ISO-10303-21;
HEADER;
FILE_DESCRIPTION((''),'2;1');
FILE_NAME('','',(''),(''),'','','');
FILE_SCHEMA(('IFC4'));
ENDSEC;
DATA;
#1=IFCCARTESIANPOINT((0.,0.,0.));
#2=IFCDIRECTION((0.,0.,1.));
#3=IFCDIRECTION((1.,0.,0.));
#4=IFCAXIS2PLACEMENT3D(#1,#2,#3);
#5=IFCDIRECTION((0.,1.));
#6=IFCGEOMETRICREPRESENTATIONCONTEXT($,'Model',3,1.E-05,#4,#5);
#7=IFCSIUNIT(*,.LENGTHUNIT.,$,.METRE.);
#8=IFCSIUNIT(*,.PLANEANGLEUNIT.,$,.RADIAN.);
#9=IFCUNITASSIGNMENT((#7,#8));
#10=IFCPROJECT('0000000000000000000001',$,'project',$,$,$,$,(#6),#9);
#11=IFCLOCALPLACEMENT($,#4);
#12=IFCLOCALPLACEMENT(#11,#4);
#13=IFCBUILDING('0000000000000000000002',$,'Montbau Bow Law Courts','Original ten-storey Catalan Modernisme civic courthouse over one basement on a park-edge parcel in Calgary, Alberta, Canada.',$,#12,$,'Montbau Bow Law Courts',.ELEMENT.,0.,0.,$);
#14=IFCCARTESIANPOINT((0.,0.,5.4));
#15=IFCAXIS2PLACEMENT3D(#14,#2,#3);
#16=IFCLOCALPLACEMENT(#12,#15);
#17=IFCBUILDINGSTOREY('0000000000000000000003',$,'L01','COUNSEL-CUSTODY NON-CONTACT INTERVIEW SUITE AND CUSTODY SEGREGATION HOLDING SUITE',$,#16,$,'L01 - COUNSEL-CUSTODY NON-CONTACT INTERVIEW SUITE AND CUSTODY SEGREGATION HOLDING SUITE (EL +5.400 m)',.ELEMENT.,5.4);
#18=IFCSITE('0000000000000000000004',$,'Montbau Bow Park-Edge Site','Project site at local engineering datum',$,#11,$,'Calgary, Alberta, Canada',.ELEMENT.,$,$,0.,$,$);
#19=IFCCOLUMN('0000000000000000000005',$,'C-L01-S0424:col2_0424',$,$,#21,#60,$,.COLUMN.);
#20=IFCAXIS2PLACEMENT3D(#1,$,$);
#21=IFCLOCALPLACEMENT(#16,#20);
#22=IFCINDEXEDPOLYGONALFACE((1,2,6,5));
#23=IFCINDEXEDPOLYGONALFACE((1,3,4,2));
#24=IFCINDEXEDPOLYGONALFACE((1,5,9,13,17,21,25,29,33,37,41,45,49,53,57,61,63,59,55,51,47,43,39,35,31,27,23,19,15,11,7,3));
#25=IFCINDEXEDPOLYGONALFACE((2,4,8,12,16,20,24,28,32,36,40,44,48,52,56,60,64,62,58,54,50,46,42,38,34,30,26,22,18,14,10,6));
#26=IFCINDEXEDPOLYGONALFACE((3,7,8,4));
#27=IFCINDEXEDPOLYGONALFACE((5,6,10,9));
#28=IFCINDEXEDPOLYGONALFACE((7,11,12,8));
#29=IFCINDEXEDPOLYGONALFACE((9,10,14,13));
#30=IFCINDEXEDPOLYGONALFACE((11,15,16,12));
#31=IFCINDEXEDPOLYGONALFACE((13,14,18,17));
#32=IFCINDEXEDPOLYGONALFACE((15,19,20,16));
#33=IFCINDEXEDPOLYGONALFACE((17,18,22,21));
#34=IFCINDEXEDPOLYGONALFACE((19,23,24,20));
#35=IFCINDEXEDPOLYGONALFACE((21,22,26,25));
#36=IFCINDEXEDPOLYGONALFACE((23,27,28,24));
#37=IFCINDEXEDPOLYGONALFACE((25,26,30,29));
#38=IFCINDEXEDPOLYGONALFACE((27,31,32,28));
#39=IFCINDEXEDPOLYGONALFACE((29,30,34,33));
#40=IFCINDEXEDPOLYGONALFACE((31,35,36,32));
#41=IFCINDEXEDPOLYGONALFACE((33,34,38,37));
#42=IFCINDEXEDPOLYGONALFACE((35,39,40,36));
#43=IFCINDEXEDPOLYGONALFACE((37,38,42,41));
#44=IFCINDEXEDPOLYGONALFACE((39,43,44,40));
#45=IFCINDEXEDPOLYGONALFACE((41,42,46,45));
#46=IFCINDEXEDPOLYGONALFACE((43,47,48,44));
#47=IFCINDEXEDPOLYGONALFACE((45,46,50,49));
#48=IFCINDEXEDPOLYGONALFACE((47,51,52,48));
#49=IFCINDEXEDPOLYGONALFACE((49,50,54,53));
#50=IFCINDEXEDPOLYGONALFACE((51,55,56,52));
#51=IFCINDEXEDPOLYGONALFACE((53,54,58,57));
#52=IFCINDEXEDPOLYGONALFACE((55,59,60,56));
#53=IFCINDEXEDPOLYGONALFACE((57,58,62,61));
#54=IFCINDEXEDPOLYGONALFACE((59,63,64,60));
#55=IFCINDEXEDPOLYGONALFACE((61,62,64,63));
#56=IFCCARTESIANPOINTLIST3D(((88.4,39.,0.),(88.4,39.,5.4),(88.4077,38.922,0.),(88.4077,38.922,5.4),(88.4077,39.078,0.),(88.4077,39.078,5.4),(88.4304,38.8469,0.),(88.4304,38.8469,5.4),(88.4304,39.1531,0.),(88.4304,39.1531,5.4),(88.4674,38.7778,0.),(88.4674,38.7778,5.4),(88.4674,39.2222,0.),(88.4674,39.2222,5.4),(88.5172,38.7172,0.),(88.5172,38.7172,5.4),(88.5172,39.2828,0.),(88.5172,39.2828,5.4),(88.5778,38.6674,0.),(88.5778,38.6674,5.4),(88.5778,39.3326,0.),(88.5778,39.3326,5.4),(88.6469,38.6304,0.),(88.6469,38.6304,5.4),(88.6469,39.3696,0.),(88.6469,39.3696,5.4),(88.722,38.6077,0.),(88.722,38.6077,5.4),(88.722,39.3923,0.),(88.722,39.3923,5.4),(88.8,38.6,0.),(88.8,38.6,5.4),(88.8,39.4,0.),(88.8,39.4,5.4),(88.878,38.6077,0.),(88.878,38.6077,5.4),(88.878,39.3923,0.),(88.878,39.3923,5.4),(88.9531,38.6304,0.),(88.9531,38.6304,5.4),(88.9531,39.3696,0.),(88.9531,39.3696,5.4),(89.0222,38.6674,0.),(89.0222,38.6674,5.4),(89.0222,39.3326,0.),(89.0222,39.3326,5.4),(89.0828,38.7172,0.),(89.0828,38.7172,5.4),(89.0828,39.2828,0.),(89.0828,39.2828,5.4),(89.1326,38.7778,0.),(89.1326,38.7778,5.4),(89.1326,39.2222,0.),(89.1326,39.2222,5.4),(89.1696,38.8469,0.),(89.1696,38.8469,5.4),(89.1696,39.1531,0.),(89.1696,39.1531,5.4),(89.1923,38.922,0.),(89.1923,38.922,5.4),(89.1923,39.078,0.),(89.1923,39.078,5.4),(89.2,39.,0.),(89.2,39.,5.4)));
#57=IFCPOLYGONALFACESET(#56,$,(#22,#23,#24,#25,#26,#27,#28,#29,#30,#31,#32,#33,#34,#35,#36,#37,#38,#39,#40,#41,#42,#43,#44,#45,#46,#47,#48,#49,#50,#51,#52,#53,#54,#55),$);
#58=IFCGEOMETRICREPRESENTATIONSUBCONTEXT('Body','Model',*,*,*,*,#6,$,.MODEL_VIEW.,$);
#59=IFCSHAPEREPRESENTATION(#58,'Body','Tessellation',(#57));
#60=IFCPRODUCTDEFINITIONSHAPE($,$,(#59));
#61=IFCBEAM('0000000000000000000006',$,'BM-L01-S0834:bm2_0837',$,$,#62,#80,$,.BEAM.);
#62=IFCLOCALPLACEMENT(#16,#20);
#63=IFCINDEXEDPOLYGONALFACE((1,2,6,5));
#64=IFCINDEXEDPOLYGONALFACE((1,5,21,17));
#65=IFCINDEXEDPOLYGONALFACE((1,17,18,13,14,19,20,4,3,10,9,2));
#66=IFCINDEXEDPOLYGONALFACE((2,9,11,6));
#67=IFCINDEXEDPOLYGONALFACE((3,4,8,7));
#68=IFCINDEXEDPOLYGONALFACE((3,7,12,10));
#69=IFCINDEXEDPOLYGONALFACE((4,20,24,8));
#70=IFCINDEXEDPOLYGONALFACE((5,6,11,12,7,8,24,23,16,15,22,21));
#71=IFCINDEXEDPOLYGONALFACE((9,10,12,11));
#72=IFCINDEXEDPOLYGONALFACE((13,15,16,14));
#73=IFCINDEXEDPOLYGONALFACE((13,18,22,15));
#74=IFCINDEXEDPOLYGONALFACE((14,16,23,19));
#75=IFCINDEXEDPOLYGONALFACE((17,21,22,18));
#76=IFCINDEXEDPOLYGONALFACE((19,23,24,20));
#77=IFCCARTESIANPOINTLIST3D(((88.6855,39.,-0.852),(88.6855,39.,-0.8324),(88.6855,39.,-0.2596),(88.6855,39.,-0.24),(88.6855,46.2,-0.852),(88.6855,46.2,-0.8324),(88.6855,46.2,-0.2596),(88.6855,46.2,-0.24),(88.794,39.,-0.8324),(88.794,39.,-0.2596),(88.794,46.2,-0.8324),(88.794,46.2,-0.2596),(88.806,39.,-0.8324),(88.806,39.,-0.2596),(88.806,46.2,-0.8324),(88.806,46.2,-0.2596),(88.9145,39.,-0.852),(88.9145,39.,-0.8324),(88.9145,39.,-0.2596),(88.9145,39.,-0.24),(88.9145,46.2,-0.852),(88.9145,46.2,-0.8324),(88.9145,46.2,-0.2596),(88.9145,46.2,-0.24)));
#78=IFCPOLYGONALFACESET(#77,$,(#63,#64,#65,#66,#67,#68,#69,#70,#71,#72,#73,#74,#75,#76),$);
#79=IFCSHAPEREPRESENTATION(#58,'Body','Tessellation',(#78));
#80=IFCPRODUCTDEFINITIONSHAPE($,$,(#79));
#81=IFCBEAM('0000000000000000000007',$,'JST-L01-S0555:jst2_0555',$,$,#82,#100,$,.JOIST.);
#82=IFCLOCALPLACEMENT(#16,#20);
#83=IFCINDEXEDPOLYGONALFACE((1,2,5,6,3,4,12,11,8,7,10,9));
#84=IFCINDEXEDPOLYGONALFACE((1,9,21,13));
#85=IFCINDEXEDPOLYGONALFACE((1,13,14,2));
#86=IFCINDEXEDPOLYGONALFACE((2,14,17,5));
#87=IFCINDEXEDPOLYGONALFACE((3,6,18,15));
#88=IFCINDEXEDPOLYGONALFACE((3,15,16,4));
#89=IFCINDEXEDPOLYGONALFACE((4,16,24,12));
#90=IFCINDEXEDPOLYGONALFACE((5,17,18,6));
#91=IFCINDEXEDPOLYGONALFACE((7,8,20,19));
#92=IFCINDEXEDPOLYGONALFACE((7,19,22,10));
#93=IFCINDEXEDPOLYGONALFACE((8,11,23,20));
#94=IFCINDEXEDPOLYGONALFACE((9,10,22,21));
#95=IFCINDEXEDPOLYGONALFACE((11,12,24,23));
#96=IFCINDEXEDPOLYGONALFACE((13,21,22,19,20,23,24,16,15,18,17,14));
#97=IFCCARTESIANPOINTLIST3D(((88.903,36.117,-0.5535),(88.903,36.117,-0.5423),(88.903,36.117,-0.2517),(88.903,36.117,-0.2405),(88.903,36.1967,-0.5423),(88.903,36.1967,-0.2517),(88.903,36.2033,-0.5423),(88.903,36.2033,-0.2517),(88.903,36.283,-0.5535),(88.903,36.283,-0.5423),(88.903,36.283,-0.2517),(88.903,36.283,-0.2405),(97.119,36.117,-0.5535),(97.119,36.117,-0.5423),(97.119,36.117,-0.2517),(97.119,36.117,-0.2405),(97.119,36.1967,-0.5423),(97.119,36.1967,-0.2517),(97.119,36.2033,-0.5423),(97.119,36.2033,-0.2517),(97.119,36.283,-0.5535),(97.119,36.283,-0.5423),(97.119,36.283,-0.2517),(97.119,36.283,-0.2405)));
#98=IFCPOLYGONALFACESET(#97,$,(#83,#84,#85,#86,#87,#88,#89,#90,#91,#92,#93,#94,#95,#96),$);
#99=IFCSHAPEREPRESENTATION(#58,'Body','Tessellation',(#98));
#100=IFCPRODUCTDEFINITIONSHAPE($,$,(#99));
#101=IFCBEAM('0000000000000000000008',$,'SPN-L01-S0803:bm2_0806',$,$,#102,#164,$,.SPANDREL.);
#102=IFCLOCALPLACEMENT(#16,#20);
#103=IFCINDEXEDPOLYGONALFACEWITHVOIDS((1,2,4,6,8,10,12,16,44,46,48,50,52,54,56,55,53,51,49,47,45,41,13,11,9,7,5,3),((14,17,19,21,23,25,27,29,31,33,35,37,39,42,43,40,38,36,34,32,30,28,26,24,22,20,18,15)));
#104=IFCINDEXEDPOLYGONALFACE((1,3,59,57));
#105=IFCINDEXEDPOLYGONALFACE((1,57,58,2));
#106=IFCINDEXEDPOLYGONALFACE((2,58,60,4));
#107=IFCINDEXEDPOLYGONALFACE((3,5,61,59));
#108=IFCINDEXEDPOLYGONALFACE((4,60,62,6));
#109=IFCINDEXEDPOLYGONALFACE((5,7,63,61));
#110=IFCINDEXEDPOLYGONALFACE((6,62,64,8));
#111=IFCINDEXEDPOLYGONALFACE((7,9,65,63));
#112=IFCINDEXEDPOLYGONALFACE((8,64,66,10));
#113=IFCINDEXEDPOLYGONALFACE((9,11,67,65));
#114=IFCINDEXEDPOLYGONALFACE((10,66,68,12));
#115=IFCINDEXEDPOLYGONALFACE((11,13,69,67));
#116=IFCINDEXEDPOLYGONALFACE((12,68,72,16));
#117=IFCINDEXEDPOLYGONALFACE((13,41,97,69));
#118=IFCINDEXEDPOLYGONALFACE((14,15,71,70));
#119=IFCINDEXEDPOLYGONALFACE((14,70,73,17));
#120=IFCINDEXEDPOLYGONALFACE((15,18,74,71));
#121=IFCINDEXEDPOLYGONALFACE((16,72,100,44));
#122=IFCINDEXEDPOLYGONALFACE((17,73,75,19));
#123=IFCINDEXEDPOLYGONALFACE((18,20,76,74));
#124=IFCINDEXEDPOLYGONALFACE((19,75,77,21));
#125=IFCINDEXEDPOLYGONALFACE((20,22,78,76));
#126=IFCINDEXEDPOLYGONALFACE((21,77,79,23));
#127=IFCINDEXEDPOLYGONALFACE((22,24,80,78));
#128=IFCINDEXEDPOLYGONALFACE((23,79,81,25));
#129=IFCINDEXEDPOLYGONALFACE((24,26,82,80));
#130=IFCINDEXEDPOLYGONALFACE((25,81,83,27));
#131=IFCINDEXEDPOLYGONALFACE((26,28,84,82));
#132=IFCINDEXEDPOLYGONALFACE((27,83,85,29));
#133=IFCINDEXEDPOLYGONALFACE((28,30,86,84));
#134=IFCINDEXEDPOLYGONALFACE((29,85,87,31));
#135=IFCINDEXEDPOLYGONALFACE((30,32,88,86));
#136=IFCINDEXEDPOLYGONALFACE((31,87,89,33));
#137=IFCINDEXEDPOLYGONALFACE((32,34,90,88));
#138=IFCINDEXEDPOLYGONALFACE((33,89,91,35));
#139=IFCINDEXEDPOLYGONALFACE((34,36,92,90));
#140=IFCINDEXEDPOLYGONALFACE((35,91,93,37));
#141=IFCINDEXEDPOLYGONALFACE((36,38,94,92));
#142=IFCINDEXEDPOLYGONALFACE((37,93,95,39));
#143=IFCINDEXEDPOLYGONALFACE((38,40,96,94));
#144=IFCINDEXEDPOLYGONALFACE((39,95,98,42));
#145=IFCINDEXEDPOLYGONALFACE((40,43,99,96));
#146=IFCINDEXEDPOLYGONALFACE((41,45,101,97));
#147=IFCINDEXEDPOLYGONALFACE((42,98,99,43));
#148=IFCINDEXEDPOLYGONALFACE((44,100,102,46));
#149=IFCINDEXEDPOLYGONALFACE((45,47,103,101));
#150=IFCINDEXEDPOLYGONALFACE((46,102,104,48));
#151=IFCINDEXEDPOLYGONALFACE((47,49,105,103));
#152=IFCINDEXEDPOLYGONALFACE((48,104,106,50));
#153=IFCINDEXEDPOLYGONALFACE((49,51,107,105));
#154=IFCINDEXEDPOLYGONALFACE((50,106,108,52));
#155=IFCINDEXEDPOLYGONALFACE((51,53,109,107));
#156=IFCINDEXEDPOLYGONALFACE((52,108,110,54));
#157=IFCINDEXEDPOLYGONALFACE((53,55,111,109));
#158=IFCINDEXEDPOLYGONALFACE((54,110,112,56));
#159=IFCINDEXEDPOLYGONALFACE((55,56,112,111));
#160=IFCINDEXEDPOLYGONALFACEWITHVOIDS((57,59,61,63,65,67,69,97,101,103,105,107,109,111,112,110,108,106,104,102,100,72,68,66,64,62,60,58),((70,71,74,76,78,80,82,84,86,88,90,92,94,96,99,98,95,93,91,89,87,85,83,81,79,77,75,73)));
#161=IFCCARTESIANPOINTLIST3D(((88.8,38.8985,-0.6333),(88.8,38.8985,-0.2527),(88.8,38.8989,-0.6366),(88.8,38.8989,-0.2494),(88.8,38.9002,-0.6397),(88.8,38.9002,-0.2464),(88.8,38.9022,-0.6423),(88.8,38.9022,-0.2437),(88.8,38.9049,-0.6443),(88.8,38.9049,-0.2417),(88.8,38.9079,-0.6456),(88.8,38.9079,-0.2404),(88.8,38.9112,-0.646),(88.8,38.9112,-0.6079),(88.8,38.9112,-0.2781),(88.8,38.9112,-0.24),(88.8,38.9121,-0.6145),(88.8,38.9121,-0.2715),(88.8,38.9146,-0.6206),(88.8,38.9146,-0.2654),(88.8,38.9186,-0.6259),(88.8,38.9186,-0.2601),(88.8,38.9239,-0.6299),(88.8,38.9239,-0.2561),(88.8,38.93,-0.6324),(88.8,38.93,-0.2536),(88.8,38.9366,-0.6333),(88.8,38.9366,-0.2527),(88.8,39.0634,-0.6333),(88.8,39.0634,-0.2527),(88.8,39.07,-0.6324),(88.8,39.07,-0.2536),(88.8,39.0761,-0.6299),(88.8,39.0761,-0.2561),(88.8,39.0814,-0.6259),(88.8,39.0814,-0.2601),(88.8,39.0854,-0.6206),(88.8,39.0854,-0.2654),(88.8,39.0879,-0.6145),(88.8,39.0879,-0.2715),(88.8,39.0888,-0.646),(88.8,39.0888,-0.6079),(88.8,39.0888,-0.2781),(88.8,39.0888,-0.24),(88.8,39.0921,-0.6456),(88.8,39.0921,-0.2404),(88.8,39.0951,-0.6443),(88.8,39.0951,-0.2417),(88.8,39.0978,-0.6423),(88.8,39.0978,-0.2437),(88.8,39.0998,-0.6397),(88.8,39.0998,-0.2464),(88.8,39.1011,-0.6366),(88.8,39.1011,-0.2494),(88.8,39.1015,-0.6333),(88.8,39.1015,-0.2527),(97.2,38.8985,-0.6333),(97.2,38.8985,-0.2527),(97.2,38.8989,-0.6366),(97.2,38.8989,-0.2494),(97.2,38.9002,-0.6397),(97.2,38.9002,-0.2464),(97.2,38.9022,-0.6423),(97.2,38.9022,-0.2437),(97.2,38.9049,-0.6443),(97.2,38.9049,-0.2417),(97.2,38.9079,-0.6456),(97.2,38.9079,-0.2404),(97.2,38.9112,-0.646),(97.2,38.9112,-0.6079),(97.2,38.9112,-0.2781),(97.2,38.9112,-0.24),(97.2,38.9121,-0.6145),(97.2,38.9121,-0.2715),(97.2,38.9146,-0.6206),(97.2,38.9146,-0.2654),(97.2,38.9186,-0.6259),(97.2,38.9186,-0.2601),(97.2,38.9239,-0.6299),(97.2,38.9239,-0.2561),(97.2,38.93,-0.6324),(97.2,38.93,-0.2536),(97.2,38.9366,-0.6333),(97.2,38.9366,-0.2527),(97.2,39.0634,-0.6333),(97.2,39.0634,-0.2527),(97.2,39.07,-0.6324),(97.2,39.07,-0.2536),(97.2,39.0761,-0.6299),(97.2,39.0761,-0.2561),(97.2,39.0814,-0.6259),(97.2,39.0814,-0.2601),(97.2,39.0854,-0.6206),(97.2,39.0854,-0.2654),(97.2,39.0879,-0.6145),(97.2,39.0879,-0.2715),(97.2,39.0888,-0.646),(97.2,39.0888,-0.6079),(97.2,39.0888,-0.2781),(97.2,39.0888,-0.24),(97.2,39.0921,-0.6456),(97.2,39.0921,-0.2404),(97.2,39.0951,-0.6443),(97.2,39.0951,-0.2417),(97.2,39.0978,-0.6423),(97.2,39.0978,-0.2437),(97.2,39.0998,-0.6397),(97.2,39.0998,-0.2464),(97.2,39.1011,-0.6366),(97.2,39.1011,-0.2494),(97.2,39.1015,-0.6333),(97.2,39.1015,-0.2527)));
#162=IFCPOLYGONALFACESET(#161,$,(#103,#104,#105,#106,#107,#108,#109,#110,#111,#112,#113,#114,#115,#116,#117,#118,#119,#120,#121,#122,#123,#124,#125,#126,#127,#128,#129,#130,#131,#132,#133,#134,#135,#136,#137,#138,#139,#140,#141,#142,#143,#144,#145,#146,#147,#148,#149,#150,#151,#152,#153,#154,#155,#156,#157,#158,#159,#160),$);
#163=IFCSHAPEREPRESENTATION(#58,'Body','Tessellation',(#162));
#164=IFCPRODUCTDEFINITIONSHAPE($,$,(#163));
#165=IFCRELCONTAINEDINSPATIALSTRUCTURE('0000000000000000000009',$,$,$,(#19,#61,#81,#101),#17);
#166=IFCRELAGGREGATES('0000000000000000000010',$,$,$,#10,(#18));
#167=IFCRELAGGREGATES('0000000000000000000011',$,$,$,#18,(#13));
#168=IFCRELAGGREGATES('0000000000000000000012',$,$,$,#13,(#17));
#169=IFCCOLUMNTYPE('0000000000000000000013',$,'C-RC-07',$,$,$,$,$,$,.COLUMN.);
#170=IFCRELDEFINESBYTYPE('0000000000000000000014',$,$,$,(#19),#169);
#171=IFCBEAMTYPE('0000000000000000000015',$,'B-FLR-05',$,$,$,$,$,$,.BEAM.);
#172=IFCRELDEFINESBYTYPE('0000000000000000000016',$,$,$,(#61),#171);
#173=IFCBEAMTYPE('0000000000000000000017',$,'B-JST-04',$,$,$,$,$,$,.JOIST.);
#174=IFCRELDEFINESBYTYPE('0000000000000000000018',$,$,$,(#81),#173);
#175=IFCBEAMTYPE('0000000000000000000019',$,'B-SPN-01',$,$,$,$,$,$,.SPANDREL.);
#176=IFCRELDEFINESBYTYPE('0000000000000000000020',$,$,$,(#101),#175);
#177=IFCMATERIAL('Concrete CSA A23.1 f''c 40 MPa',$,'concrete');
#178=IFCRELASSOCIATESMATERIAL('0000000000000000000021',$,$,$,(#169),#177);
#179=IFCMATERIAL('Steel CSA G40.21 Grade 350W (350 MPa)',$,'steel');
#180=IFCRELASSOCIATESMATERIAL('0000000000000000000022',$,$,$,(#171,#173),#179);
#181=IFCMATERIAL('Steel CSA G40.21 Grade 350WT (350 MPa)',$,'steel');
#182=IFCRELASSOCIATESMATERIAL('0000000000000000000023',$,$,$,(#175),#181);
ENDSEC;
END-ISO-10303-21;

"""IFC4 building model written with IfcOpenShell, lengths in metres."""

from ifc_helpers import new_model, si_unit, direction, frame, origin_with_axes, origin_2d_with_axis, place, context, subcontext, project, spatial, hollow_rectangle, circle, i_section, extrude, material, material_profile, profile_set, type_object, element, save


model = new_model("IFC4")

# Units and contexts
model_context = context("Model", 3, precision=1e-05, world=origin_with_axes(), true_north=direction((0.0, 1.0)))
body_context = subcontext(model_context, "Body", "Model", "MODEL_VIEW")
ifc_project = project(units=[si_unit("LENGTHUNIT", "METRE"), si_unit("PLANEANGLEUNIT", "RADIAN")], contexts=[model_context])

# Site, building, storey
site_placement = place(None, origin_with_axes())
site = spatial("IfcSite", under=ifc_project, at=site_placement, Name="Montbau Bow Park-Edge Site", Description="Project site at local engineering datum", LongName="Calgary, Alberta, Canada", CompositionType="ELEMENT", RefElevation=0.0)
building_placement = place(site_placement, origin_with_axes())
building = spatial("IfcBuilding", under=site, at=building_placement, Name="Montbau Bow Law Courts", Description="Original ten-storey Catalan Modernisme civic courthouse over one basement on a park-edge parcel in Calgary, Alberta, Canada.", LongName="Montbau Bow Law Courts", CompositionType="ELEMENT", ElevationOfRefHeight=0.0, ElevationOfTerrain=0.0)
storey_placement = place(building_placement, frame((0.0, 0.0, 5.4), z_axis=(0.0, 0.0, 1.0), x_axis=(1.0, 0.0, 0.0)))
storey = spatial("IfcBuildingStorey", under=building, at=storey_placement, Name="L01", Description="COUNSEL-CUSTODY NON-CONTACT INTERVIEW SUITE AND CUSTODY SEGREGATION HOLDING SUITE", LongName="L01 - COUNSEL-CUSTODY NON-CONTACT INTERVIEW SUITE AND CUSTODY SEGREGATION HOLDING SUITE (EL +5.400 m)", CompositionType="ELEMENT", Elevation=5.4)

# Column
ifc_material_1 = material(Name="Concrete CSA A23.1 f'c 40 MPa", Category="concrete")
ifc_material_profile_1 = material_profile(ifc_material_1, circle(Radius=0.4, at=origin_2d_with_axis()), Name="RC800D", Category="Main", Priority=0)
ifc_profile_set_1 = profile_set([ifc_material_profile_1], Name="Concrete CSA A23.1 f'c 40 MPa")
column_type = type_object("IfcColumnType", Name="C-RC-07", PredefinedType="COLUMN", material=ifc_profile_set_1)
column_placement = place(None, frame((88.8, 39.0, 5.4), z_axis=(0.0, 0.0, 1.0), x_axis=(1.0, 0.0, 0.0)))
element("IfcColumn", 1, at=column_placement, inside=storey, type_object=column_type, Name="C-L01-S0424:col2_0424", PredefinedType="COLUMN", context=body_context, shape_type="SweptSolid", body=[
    extrude(circle(Radius=0.4, at=origin_2d_with_axis()), origin_with_axes(), (0.0, 0.0, 1.0), 5.4),
])

# Beams
ifc_material_2 = material(Name="Steel CSA G40.21 Grade 350W (350 MPa)", Category="steel")
ifc_material_profile_2 = material_profile(ifc_material_2, i_section(OverallWidth=0.229, OverallDepth=0.612, WebThickness=0.0119, FlangeThickness=0.0196, at=origin_2d_with_axis()), Name="W610X125", Category="Main", Priority=0)
ifc_profile_set_2 = profile_set([ifc_material_profile_2], Name="Steel CSA G40.21 Grade 350W (350 MPa)")
beam_type_1 = type_object("IfcBeamType", Name="B-FLR-05", PredefinedType="BEAM", material=ifc_profile_set_2)
beam_1_placement = place(None, frame((88.8, 39.0, 4.854), z_axis=(0.0, 1.0, 0.0), x_axis=(-1.0, 0.0, 0.0)))
element("IfcBeam", 2, at=beam_1_placement, inside=storey, type_object=beam_type_1, Name="BM-L01-S0834:bm2_0837", PredefinedType="BEAM", context=body_context, shape_type="SweptSolid", body=[
    extrude(i_section(OverallWidth=0.229, OverallDepth=0.612, WebThickness=0.0119, FlangeThickness=0.0196, at=origin_2d_with_axis()), origin_with_axes(), (0.0, 0.0, 1.0), 7.2),
])
ifc_material_profile_3 = material_profile(ifc_material_2, i_section(OverallWidth=0.166, OverallDepth=0.313, WebThickness=0.0066, FlangeThickness=0.0112, at=origin_2d_with_axis()), Name="W310X45", Category="Main", Priority=0)
ifc_profile_set_3 = profile_set([ifc_material_profile_3], Name="Steel CSA G40.21 Grade 350W (350 MPa)")
beam_type_2 = type_object("IfcBeamType", Name="B-JST-04", PredefinedType="JOIST", material=ifc_profile_set_3)
beam_2_placement = place(None, frame((88.903, 36.2, 5.003), z_axis=(1.0, 0.0, 0.0), x_axis=(0.0, 1.0, 0.0)))
element("IfcBeam", 3, at=beam_2_placement, inside=storey, type_object=beam_type_2, Name="JST-L01-S0555:jst2_0555", PredefinedType="JOIST", context=body_context, shape_type="SweptSolid", body=[
    extrude(i_section(OverallWidth=0.166, OverallDepth=0.313, WebThickness=0.0066, FlangeThickness=0.0112, at=origin_2d_with_axis()), origin_with_axes(), (0.0, 0.0, 1.0), 8.216),
])
ifc_material_3 = material(Name="Steel CSA G40.21 Grade 350WT (350 MPa)", Category="steel")
ifc_material_profile_4 = material_profile(ifc_material_3, hollow_rectangle(XDim=0.203, YDim=0.406, WallThickness=0.0127, InnerFilletRadius=0.0254, OuterFilletRadius=0.0127, at=origin_2d_with_axis()), Name="HSS406X203X13", Category="Main", Priority=0)
ifc_profile_set_4 = profile_set([ifc_material_profile_4], Name="Steel CSA G40.21 Grade 350WT (350 MPa)")
beam_type_3 = type_object("IfcBeamType", Name="B-SPN-01", PredefinedType="SPANDREL", material=ifc_profile_set_4)
beam_3_placement = place(None, frame((88.8, 39.0, 4.957), z_axis=(1.0, 0.0, 0.0), x_axis=(0.0, 1.0, 0.0)))
element("IfcBeam", 4, at=beam_3_placement, inside=storey, type_object=beam_type_3, Name="SPN-L01-S0803:bm2_0806", PredefinedType="SPANDREL", context=body_context, shape_type="SweptSolid", body=[
    extrude(hollow_rectangle(XDim=0.203, YDim=0.406, WallThickness=0.0127, InnerFilletRadius=0.0254, OuterFilletRadius=0.0127, at=origin_2d_with_axis()), origin_with_axes(), (0.0, 0.0, 1.0), 8.4),
])

save(model, "model.ifc")
